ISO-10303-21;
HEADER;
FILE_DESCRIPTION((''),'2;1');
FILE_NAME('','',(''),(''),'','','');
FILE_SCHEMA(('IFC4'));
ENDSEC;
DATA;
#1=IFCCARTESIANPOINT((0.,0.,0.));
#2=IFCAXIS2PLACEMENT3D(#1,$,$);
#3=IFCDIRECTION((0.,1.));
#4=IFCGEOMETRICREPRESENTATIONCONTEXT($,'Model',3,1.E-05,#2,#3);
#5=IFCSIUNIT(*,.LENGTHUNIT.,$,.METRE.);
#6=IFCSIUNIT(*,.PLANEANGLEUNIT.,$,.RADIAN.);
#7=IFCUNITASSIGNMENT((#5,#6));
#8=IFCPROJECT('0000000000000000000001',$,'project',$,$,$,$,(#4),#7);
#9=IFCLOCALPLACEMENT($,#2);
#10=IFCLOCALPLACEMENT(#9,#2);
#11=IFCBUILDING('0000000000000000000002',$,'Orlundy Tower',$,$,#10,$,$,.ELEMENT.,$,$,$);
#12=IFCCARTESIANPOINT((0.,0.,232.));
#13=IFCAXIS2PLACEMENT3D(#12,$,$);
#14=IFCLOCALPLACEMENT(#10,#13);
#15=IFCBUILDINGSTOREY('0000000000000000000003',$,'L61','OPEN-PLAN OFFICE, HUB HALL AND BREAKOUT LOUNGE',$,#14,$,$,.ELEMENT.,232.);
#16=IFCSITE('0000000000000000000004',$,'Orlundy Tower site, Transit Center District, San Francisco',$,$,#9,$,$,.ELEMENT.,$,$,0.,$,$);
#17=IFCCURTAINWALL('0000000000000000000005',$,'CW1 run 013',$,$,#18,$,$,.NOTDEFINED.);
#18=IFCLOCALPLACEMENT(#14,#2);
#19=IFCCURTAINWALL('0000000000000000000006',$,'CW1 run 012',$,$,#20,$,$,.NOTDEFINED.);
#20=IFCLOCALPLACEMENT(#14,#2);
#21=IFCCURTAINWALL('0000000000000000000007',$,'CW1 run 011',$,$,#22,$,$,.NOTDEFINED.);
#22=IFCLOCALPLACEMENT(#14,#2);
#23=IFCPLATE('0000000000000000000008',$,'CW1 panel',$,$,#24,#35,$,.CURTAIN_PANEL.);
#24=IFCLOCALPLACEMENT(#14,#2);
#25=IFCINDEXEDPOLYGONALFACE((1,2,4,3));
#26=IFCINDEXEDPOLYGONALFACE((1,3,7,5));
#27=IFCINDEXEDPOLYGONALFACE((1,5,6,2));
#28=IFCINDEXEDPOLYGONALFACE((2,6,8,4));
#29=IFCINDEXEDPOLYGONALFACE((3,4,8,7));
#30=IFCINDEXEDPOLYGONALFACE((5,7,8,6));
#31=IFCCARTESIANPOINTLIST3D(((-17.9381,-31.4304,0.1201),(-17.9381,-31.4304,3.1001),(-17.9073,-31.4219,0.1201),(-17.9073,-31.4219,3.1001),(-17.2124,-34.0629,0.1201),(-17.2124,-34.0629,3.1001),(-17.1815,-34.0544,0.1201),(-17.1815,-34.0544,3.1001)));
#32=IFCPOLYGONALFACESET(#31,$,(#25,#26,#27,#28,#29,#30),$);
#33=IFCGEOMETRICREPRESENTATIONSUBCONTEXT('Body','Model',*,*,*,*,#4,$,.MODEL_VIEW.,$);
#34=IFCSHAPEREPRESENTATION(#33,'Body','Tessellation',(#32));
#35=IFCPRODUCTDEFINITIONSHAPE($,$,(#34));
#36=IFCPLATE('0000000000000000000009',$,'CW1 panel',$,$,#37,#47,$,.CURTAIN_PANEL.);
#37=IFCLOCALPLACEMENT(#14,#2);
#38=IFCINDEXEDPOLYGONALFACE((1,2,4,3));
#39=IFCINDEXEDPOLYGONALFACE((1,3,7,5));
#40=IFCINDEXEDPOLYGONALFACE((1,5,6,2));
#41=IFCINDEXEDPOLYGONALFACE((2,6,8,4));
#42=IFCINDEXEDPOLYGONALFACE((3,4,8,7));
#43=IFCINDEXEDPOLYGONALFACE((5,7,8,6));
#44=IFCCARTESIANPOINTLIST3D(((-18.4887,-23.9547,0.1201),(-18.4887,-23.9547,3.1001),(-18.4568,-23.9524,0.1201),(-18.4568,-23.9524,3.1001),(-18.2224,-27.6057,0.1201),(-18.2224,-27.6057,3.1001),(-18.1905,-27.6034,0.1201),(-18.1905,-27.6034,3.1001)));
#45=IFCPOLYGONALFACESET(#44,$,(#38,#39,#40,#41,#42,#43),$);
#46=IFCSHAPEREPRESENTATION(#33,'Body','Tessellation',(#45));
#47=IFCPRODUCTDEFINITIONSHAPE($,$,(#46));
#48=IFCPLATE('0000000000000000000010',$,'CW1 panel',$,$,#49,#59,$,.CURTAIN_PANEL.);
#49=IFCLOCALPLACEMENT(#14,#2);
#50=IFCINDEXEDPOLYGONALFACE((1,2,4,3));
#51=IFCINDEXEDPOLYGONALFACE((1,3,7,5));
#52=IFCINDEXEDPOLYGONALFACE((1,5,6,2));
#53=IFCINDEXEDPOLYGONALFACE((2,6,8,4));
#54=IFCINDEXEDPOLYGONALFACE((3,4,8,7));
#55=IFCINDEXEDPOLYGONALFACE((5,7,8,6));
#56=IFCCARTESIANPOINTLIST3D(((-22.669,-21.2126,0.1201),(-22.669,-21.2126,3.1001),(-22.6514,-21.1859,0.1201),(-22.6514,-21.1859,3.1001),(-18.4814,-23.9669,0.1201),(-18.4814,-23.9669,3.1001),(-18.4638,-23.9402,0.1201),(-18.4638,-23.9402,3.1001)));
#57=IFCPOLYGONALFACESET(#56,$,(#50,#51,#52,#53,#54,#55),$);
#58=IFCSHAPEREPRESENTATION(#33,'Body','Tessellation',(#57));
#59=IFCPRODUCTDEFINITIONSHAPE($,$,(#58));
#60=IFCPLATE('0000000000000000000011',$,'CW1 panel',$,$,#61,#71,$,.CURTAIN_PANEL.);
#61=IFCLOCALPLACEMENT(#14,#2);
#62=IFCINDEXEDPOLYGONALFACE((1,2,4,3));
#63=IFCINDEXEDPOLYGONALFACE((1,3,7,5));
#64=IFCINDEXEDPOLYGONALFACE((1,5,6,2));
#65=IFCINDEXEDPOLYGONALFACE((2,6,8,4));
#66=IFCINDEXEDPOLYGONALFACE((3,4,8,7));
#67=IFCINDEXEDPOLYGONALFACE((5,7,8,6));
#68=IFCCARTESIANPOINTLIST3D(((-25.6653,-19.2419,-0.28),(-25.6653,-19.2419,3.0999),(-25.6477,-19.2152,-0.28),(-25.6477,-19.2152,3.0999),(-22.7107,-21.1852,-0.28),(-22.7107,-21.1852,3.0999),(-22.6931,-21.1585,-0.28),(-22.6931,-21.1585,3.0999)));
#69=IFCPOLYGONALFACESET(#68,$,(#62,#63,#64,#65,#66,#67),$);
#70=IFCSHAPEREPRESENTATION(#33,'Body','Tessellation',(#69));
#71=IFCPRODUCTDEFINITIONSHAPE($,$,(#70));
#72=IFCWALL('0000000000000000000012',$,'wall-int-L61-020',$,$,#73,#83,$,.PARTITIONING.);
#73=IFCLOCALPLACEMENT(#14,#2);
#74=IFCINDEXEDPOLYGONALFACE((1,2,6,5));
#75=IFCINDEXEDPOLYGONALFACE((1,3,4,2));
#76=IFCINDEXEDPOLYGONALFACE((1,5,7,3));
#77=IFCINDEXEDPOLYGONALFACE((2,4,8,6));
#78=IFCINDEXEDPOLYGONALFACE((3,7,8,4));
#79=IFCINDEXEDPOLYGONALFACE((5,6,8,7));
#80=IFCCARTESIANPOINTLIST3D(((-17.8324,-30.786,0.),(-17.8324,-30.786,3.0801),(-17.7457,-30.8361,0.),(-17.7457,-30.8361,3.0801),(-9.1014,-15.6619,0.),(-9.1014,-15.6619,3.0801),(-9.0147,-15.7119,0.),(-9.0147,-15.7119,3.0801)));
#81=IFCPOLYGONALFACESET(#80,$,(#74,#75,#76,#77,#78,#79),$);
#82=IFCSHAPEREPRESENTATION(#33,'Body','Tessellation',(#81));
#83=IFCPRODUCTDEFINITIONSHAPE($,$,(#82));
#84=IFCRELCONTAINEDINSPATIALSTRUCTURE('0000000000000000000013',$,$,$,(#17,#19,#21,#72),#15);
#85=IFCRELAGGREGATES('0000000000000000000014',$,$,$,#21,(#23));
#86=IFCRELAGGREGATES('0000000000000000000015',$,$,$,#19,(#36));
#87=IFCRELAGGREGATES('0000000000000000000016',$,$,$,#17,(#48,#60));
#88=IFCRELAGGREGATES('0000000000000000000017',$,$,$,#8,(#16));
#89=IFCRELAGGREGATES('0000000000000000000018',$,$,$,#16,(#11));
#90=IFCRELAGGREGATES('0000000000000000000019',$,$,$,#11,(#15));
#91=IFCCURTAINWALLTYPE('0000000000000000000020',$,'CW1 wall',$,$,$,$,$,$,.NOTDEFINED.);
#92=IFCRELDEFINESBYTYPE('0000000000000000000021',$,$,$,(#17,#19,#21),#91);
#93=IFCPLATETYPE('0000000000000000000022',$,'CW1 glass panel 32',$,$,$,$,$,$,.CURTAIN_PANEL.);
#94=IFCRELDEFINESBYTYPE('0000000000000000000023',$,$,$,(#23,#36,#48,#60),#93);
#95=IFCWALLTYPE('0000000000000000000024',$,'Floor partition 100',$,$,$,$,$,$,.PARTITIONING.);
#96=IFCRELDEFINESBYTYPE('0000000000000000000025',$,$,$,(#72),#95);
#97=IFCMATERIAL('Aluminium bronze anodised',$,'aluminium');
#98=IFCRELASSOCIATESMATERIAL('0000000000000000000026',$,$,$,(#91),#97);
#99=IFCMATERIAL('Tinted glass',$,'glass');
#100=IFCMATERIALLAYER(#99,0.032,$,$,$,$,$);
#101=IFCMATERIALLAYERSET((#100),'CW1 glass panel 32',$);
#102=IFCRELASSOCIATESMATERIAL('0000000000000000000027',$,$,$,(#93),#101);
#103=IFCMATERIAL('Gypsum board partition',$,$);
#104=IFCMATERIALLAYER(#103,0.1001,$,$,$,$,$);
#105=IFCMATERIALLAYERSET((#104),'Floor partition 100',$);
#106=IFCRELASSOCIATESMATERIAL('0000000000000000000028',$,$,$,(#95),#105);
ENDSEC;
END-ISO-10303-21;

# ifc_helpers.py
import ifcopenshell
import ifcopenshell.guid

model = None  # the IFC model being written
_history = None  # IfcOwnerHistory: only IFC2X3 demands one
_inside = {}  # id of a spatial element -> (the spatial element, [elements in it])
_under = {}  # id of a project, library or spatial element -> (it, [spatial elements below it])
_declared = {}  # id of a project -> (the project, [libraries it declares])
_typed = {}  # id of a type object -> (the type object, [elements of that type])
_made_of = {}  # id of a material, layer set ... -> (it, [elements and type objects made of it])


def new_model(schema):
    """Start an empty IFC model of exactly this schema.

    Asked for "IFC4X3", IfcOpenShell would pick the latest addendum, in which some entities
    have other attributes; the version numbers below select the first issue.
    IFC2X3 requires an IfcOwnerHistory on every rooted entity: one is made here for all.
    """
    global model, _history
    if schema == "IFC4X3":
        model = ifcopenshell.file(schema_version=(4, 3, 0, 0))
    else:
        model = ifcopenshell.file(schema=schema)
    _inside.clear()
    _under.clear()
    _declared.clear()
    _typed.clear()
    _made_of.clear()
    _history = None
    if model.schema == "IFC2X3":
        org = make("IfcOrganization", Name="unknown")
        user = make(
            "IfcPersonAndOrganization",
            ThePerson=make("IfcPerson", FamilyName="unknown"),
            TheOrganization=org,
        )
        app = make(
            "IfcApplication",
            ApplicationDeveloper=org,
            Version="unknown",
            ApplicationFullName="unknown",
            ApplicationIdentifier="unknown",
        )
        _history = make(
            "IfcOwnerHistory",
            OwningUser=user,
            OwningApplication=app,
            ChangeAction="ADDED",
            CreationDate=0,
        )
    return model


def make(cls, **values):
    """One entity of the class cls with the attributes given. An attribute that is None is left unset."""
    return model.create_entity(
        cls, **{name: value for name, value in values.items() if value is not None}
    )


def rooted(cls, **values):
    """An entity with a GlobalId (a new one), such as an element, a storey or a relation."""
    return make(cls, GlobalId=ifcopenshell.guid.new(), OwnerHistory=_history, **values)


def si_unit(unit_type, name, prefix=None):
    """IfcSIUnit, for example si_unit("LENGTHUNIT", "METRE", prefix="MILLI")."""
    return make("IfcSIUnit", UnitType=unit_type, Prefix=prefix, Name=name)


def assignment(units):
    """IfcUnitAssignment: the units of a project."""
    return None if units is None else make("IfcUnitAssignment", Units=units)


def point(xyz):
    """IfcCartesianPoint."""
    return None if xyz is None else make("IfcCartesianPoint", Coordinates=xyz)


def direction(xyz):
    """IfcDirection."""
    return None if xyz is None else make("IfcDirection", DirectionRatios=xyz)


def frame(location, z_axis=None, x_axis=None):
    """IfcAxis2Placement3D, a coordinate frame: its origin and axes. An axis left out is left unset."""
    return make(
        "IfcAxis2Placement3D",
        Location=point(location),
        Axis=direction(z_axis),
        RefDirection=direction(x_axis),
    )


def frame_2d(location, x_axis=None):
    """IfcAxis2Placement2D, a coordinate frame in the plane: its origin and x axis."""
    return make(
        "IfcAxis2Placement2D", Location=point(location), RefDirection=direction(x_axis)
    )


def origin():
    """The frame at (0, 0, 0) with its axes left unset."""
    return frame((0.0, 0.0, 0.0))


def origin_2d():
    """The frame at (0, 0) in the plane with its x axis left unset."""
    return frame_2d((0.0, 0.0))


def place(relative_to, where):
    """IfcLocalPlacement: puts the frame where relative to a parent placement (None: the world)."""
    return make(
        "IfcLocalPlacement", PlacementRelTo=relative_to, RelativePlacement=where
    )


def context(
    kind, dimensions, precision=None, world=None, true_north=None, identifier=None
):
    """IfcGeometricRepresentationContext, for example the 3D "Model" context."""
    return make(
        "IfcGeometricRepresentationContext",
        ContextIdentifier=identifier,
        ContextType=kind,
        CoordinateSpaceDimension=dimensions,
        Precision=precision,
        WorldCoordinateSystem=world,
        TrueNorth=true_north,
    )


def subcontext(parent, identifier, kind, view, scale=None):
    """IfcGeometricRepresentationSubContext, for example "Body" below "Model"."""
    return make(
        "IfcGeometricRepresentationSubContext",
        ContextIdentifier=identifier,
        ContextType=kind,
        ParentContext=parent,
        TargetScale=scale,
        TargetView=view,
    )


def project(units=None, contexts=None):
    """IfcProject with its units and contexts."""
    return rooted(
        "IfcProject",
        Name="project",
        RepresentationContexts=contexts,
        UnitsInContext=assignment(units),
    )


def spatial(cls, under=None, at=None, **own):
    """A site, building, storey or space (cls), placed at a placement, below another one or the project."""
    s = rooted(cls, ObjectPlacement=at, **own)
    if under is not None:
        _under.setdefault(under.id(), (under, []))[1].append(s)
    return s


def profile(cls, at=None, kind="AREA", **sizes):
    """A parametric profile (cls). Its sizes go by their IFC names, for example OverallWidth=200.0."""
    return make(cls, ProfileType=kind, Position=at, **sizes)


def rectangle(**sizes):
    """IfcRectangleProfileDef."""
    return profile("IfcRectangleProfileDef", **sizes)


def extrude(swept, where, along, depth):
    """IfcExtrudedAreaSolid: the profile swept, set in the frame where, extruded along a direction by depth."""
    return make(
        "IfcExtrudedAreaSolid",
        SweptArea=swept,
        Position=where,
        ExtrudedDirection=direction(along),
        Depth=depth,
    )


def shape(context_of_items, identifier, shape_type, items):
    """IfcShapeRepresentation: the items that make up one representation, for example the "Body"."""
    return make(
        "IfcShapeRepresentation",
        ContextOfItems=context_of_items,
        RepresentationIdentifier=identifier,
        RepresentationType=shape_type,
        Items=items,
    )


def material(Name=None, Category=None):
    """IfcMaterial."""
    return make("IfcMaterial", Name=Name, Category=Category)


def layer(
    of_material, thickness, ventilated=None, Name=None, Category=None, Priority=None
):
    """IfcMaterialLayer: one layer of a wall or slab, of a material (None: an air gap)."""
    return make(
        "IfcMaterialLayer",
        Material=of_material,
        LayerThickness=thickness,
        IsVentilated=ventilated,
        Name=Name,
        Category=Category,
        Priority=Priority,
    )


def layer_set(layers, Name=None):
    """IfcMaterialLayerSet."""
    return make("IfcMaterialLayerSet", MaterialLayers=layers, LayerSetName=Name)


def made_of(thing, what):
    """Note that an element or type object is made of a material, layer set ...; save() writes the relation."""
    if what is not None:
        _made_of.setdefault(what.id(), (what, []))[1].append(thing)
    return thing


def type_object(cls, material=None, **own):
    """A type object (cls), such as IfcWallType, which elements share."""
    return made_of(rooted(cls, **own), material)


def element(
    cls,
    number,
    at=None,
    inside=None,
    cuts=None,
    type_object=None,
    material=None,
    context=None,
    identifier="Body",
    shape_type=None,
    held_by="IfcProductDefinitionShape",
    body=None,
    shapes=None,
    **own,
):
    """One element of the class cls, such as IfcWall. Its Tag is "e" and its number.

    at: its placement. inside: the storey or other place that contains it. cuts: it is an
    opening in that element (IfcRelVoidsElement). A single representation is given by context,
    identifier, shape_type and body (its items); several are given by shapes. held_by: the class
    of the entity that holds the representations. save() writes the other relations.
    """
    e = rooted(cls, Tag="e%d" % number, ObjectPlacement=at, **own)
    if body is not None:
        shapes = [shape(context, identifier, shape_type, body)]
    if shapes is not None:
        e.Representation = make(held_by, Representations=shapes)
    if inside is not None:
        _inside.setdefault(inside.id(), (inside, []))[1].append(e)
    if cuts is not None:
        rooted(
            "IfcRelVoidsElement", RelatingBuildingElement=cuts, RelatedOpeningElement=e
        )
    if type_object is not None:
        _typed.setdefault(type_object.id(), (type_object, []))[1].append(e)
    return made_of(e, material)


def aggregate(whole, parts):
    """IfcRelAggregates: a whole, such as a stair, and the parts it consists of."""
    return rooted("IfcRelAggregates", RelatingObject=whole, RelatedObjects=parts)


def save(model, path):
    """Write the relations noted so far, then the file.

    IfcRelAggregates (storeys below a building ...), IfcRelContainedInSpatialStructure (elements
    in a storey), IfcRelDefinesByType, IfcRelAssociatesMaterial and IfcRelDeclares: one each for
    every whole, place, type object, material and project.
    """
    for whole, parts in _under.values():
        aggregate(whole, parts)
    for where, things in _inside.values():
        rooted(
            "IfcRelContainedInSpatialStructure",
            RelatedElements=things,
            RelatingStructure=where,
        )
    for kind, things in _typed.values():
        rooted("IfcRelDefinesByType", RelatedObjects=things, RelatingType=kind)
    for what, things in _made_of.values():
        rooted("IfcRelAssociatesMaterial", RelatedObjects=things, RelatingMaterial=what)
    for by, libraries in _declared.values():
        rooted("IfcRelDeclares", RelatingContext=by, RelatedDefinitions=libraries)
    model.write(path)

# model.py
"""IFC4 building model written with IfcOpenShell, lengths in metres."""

from ifc_helpers import new_model, si_unit, direction, frame, frame_2d, origin, origin_2d, place, context, subcontext, project, spatial, rectangle, extrude, material, layer, layer_set, type_object, element, aggregate, save


model = new_model("IFC4")

# Units and contexts
model_context = context("Model", 3, precision=1e-05, world=origin(), true_north=direction((0.0, 1.0)))
body_context = subcontext(model_context, "Body", "Model", "MODEL_VIEW")
ifc_project = project(units=[si_unit("LENGTHUNIT", "METRE"), si_unit("PLANEANGLEUNIT", "RADIAN")], contexts=[model_context])

# Site, building, storey
site_placement = place(None, origin())
site = spatial("IfcSite", under=ifc_project, at=site_placement, Name="Orlundy Tower site, Transit Center District, San Francisco", CompositionType="ELEMENT", RefElevation=0.0)
building_placement = place(site_placement, origin())
building = spatial("IfcBuilding", under=site, at=building_placement, Name="Orlundy Tower", CompositionType="ELEMENT")
storey_placement = place(building_placement, frame((0.0, 0.0, 232.0)))
storey = spatial("IfcBuildingStorey", under=building, at=storey_placement, Name="L61", Description="OPEN-PLAN OFFICE, HUB HALL AND BREAKOUT LOUNGE", CompositionType="ELEMENT", Elevation=232.0)

# Curtain wall
ifc_material_1 = material(Name="Aluminium bronze anodised", Category="aluminium")
curtain_wall_type = type_object("IfcCurtainWallType", Name="CW1 wall", PredefinedType="NOTDEFINED", material=ifc_material_1)
curtain_wall_1_placement = place(storey_placement, origin())
curtain_wall_1 = element("IfcCurtainWall", 1, at=curtain_wall_1_placement, inside=storey, type_object=curtain_wall_type, Name="CW1 run 013", PredefinedType="NOTDEFINED")

# Curtain wall
curtain_wall_2_placement = place(storey_placement, origin())
curtain_wall_2 = element("IfcCurtainWall", 2, at=curtain_wall_2_placement, inside=storey, type_object=curtain_wall_type, Name="CW1 run 012", PredefinedType="NOTDEFINED")

# Curtain wall
curtain_wall_3_placement = place(storey_placement, origin())
curtain_wall_3 = element("IfcCurtainWall", 3, at=curtain_wall_3_placement, inside=storey, type_object=curtain_wall_type, Name="CW1 run 011", PredefinedType="NOTDEFINED")

# Plates
ifc_material_2 = material(Name="Tinted glass", Category="glass")
ifc_layer_1 = layer(ifc_material_2, 0.032)
ifc_layer_set_1 = layer_set([ifc_layer_1], Name="CW1 glass panel 32")
plate_type = type_object("IfcPlateType", Name="CW1 glass panel 32", PredefinedType="CURTAIN_PANEL", material=ifc_layer_set_1)
plate_1_placement = place(storey_placement, frame((-17.5598, -32.7424, 0.1201), z_axis=(0.0, 0.0, 1.0), x_axis=(-0.265765, 0.964038, 0.0)))
plate_1 = element("IfcPlate", 4, at=plate_1_placement, type_object=plate_type, Name="CW1 panel", PredefinedType="CURTAIN_PANEL", context=body_context, shape_type="SweptSolid", body=[
    extrude(rectangle(XDim=2.7307, YDim=0.032, at=origin_2d()), origin(), (0.0, 0.0, 1.0), 2.98),
])
aggregate(curtain_wall_3, [plate_1])
plate_2_placement = place(storey_placement, frame((-18.3396, -25.7791, 0.1201), z_axis=(0.0, 0.0, 1.0), x_axis=(-0.072747, 0.99735, 0.0)))
plate_2 = element("IfcPlate", 5, at=plate_2_placement, type_object=plate_type, Name="CW1 panel", PredefinedType="CURTAIN_PANEL", context=body_context, shape_type="SweptSolid", body=[
    extrude(rectangle(XDim=3.6606, YDim=0.032, at=origin_2d()), origin(), (0.0, 0.0, 1.0), 2.98),
])
aggregate(curtain_wall_2, [plate_2])
plate_3_placement = place(storey_placement, frame((-20.5664, -22.5764, 0.1201), z_axis=(0.0, 0.0, 1.0), x_axis=(-0.835476, 0.549527, 0.0)))
plate_3 = element("IfcPlate", 6, at=plate_3_placement, type_object=plate_type, Name="CW1 panel", PredefinedType="CURTAIN_PANEL", context=body_context, shape_type="SweptSolid", body=[
    extrude(rectangle(XDim=5.0122, YDim=0.032, at=origin_2d()), origin(), (0.0, 0.0, 1.0), 2.98),
])
plate_4_placement = place(storey_placement, frame((-24.1792, -20.2002, -0.28), z_axis=(0.0, 0.0, 1.0), x_axis=(-0.835476, 0.549527, 0.0)))
plate_4 = element("IfcPlate", 7, at=plate_4_placement, type_object=plate_type, Name="CW1 panel", PredefinedType="CURTAIN_PANEL", context=body_context, shape_type="SweptSolid", body=[
    extrude(rectangle(XDim=3.5364, YDim=0.032, at=origin_2d()), origin(), (0.0, 0.0, 1.0), 3.3799),
])
aggregate(curtain_wall_1, [plate_3, plate_4])

# Wall
ifc_material_3 = material(Name="Gypsum board partition")
ifc_layer_2 = layer(ifc_material_3, 0.1001)
ifc_layer_set_2 = layer_set([ifc_layer_2], Name="Floor partition 100")
wall_type_1 = type_object("IfcWallType", Name="Floor partition 100", PredefinedType="PARTITIONING", material=ifc_layer_set_2)
wall_1_placement = place(storey_placement, frame((-17.7891, -30.811, 0.0), z_axis=(0.0, 0.0, 1.0), x_axis=(0.499961, 0.866048, 0.0)))
element("IfcWall", 8, at=wall_1_placement, inside=storey, type_object=wall_type_1, Name="wall-int-L61-020", PredefinedType="PARTITIONING", context=body_context, shape_type="SweptSolid", body=[
    extrude(rectangle(XDim=17.4634, YDim=0.1001, at=frame_2d((8.7317, 0.0))), origin(), (0.0, 0.0, 1.0), 3.0801),
])

save(model, "model.ifc")
